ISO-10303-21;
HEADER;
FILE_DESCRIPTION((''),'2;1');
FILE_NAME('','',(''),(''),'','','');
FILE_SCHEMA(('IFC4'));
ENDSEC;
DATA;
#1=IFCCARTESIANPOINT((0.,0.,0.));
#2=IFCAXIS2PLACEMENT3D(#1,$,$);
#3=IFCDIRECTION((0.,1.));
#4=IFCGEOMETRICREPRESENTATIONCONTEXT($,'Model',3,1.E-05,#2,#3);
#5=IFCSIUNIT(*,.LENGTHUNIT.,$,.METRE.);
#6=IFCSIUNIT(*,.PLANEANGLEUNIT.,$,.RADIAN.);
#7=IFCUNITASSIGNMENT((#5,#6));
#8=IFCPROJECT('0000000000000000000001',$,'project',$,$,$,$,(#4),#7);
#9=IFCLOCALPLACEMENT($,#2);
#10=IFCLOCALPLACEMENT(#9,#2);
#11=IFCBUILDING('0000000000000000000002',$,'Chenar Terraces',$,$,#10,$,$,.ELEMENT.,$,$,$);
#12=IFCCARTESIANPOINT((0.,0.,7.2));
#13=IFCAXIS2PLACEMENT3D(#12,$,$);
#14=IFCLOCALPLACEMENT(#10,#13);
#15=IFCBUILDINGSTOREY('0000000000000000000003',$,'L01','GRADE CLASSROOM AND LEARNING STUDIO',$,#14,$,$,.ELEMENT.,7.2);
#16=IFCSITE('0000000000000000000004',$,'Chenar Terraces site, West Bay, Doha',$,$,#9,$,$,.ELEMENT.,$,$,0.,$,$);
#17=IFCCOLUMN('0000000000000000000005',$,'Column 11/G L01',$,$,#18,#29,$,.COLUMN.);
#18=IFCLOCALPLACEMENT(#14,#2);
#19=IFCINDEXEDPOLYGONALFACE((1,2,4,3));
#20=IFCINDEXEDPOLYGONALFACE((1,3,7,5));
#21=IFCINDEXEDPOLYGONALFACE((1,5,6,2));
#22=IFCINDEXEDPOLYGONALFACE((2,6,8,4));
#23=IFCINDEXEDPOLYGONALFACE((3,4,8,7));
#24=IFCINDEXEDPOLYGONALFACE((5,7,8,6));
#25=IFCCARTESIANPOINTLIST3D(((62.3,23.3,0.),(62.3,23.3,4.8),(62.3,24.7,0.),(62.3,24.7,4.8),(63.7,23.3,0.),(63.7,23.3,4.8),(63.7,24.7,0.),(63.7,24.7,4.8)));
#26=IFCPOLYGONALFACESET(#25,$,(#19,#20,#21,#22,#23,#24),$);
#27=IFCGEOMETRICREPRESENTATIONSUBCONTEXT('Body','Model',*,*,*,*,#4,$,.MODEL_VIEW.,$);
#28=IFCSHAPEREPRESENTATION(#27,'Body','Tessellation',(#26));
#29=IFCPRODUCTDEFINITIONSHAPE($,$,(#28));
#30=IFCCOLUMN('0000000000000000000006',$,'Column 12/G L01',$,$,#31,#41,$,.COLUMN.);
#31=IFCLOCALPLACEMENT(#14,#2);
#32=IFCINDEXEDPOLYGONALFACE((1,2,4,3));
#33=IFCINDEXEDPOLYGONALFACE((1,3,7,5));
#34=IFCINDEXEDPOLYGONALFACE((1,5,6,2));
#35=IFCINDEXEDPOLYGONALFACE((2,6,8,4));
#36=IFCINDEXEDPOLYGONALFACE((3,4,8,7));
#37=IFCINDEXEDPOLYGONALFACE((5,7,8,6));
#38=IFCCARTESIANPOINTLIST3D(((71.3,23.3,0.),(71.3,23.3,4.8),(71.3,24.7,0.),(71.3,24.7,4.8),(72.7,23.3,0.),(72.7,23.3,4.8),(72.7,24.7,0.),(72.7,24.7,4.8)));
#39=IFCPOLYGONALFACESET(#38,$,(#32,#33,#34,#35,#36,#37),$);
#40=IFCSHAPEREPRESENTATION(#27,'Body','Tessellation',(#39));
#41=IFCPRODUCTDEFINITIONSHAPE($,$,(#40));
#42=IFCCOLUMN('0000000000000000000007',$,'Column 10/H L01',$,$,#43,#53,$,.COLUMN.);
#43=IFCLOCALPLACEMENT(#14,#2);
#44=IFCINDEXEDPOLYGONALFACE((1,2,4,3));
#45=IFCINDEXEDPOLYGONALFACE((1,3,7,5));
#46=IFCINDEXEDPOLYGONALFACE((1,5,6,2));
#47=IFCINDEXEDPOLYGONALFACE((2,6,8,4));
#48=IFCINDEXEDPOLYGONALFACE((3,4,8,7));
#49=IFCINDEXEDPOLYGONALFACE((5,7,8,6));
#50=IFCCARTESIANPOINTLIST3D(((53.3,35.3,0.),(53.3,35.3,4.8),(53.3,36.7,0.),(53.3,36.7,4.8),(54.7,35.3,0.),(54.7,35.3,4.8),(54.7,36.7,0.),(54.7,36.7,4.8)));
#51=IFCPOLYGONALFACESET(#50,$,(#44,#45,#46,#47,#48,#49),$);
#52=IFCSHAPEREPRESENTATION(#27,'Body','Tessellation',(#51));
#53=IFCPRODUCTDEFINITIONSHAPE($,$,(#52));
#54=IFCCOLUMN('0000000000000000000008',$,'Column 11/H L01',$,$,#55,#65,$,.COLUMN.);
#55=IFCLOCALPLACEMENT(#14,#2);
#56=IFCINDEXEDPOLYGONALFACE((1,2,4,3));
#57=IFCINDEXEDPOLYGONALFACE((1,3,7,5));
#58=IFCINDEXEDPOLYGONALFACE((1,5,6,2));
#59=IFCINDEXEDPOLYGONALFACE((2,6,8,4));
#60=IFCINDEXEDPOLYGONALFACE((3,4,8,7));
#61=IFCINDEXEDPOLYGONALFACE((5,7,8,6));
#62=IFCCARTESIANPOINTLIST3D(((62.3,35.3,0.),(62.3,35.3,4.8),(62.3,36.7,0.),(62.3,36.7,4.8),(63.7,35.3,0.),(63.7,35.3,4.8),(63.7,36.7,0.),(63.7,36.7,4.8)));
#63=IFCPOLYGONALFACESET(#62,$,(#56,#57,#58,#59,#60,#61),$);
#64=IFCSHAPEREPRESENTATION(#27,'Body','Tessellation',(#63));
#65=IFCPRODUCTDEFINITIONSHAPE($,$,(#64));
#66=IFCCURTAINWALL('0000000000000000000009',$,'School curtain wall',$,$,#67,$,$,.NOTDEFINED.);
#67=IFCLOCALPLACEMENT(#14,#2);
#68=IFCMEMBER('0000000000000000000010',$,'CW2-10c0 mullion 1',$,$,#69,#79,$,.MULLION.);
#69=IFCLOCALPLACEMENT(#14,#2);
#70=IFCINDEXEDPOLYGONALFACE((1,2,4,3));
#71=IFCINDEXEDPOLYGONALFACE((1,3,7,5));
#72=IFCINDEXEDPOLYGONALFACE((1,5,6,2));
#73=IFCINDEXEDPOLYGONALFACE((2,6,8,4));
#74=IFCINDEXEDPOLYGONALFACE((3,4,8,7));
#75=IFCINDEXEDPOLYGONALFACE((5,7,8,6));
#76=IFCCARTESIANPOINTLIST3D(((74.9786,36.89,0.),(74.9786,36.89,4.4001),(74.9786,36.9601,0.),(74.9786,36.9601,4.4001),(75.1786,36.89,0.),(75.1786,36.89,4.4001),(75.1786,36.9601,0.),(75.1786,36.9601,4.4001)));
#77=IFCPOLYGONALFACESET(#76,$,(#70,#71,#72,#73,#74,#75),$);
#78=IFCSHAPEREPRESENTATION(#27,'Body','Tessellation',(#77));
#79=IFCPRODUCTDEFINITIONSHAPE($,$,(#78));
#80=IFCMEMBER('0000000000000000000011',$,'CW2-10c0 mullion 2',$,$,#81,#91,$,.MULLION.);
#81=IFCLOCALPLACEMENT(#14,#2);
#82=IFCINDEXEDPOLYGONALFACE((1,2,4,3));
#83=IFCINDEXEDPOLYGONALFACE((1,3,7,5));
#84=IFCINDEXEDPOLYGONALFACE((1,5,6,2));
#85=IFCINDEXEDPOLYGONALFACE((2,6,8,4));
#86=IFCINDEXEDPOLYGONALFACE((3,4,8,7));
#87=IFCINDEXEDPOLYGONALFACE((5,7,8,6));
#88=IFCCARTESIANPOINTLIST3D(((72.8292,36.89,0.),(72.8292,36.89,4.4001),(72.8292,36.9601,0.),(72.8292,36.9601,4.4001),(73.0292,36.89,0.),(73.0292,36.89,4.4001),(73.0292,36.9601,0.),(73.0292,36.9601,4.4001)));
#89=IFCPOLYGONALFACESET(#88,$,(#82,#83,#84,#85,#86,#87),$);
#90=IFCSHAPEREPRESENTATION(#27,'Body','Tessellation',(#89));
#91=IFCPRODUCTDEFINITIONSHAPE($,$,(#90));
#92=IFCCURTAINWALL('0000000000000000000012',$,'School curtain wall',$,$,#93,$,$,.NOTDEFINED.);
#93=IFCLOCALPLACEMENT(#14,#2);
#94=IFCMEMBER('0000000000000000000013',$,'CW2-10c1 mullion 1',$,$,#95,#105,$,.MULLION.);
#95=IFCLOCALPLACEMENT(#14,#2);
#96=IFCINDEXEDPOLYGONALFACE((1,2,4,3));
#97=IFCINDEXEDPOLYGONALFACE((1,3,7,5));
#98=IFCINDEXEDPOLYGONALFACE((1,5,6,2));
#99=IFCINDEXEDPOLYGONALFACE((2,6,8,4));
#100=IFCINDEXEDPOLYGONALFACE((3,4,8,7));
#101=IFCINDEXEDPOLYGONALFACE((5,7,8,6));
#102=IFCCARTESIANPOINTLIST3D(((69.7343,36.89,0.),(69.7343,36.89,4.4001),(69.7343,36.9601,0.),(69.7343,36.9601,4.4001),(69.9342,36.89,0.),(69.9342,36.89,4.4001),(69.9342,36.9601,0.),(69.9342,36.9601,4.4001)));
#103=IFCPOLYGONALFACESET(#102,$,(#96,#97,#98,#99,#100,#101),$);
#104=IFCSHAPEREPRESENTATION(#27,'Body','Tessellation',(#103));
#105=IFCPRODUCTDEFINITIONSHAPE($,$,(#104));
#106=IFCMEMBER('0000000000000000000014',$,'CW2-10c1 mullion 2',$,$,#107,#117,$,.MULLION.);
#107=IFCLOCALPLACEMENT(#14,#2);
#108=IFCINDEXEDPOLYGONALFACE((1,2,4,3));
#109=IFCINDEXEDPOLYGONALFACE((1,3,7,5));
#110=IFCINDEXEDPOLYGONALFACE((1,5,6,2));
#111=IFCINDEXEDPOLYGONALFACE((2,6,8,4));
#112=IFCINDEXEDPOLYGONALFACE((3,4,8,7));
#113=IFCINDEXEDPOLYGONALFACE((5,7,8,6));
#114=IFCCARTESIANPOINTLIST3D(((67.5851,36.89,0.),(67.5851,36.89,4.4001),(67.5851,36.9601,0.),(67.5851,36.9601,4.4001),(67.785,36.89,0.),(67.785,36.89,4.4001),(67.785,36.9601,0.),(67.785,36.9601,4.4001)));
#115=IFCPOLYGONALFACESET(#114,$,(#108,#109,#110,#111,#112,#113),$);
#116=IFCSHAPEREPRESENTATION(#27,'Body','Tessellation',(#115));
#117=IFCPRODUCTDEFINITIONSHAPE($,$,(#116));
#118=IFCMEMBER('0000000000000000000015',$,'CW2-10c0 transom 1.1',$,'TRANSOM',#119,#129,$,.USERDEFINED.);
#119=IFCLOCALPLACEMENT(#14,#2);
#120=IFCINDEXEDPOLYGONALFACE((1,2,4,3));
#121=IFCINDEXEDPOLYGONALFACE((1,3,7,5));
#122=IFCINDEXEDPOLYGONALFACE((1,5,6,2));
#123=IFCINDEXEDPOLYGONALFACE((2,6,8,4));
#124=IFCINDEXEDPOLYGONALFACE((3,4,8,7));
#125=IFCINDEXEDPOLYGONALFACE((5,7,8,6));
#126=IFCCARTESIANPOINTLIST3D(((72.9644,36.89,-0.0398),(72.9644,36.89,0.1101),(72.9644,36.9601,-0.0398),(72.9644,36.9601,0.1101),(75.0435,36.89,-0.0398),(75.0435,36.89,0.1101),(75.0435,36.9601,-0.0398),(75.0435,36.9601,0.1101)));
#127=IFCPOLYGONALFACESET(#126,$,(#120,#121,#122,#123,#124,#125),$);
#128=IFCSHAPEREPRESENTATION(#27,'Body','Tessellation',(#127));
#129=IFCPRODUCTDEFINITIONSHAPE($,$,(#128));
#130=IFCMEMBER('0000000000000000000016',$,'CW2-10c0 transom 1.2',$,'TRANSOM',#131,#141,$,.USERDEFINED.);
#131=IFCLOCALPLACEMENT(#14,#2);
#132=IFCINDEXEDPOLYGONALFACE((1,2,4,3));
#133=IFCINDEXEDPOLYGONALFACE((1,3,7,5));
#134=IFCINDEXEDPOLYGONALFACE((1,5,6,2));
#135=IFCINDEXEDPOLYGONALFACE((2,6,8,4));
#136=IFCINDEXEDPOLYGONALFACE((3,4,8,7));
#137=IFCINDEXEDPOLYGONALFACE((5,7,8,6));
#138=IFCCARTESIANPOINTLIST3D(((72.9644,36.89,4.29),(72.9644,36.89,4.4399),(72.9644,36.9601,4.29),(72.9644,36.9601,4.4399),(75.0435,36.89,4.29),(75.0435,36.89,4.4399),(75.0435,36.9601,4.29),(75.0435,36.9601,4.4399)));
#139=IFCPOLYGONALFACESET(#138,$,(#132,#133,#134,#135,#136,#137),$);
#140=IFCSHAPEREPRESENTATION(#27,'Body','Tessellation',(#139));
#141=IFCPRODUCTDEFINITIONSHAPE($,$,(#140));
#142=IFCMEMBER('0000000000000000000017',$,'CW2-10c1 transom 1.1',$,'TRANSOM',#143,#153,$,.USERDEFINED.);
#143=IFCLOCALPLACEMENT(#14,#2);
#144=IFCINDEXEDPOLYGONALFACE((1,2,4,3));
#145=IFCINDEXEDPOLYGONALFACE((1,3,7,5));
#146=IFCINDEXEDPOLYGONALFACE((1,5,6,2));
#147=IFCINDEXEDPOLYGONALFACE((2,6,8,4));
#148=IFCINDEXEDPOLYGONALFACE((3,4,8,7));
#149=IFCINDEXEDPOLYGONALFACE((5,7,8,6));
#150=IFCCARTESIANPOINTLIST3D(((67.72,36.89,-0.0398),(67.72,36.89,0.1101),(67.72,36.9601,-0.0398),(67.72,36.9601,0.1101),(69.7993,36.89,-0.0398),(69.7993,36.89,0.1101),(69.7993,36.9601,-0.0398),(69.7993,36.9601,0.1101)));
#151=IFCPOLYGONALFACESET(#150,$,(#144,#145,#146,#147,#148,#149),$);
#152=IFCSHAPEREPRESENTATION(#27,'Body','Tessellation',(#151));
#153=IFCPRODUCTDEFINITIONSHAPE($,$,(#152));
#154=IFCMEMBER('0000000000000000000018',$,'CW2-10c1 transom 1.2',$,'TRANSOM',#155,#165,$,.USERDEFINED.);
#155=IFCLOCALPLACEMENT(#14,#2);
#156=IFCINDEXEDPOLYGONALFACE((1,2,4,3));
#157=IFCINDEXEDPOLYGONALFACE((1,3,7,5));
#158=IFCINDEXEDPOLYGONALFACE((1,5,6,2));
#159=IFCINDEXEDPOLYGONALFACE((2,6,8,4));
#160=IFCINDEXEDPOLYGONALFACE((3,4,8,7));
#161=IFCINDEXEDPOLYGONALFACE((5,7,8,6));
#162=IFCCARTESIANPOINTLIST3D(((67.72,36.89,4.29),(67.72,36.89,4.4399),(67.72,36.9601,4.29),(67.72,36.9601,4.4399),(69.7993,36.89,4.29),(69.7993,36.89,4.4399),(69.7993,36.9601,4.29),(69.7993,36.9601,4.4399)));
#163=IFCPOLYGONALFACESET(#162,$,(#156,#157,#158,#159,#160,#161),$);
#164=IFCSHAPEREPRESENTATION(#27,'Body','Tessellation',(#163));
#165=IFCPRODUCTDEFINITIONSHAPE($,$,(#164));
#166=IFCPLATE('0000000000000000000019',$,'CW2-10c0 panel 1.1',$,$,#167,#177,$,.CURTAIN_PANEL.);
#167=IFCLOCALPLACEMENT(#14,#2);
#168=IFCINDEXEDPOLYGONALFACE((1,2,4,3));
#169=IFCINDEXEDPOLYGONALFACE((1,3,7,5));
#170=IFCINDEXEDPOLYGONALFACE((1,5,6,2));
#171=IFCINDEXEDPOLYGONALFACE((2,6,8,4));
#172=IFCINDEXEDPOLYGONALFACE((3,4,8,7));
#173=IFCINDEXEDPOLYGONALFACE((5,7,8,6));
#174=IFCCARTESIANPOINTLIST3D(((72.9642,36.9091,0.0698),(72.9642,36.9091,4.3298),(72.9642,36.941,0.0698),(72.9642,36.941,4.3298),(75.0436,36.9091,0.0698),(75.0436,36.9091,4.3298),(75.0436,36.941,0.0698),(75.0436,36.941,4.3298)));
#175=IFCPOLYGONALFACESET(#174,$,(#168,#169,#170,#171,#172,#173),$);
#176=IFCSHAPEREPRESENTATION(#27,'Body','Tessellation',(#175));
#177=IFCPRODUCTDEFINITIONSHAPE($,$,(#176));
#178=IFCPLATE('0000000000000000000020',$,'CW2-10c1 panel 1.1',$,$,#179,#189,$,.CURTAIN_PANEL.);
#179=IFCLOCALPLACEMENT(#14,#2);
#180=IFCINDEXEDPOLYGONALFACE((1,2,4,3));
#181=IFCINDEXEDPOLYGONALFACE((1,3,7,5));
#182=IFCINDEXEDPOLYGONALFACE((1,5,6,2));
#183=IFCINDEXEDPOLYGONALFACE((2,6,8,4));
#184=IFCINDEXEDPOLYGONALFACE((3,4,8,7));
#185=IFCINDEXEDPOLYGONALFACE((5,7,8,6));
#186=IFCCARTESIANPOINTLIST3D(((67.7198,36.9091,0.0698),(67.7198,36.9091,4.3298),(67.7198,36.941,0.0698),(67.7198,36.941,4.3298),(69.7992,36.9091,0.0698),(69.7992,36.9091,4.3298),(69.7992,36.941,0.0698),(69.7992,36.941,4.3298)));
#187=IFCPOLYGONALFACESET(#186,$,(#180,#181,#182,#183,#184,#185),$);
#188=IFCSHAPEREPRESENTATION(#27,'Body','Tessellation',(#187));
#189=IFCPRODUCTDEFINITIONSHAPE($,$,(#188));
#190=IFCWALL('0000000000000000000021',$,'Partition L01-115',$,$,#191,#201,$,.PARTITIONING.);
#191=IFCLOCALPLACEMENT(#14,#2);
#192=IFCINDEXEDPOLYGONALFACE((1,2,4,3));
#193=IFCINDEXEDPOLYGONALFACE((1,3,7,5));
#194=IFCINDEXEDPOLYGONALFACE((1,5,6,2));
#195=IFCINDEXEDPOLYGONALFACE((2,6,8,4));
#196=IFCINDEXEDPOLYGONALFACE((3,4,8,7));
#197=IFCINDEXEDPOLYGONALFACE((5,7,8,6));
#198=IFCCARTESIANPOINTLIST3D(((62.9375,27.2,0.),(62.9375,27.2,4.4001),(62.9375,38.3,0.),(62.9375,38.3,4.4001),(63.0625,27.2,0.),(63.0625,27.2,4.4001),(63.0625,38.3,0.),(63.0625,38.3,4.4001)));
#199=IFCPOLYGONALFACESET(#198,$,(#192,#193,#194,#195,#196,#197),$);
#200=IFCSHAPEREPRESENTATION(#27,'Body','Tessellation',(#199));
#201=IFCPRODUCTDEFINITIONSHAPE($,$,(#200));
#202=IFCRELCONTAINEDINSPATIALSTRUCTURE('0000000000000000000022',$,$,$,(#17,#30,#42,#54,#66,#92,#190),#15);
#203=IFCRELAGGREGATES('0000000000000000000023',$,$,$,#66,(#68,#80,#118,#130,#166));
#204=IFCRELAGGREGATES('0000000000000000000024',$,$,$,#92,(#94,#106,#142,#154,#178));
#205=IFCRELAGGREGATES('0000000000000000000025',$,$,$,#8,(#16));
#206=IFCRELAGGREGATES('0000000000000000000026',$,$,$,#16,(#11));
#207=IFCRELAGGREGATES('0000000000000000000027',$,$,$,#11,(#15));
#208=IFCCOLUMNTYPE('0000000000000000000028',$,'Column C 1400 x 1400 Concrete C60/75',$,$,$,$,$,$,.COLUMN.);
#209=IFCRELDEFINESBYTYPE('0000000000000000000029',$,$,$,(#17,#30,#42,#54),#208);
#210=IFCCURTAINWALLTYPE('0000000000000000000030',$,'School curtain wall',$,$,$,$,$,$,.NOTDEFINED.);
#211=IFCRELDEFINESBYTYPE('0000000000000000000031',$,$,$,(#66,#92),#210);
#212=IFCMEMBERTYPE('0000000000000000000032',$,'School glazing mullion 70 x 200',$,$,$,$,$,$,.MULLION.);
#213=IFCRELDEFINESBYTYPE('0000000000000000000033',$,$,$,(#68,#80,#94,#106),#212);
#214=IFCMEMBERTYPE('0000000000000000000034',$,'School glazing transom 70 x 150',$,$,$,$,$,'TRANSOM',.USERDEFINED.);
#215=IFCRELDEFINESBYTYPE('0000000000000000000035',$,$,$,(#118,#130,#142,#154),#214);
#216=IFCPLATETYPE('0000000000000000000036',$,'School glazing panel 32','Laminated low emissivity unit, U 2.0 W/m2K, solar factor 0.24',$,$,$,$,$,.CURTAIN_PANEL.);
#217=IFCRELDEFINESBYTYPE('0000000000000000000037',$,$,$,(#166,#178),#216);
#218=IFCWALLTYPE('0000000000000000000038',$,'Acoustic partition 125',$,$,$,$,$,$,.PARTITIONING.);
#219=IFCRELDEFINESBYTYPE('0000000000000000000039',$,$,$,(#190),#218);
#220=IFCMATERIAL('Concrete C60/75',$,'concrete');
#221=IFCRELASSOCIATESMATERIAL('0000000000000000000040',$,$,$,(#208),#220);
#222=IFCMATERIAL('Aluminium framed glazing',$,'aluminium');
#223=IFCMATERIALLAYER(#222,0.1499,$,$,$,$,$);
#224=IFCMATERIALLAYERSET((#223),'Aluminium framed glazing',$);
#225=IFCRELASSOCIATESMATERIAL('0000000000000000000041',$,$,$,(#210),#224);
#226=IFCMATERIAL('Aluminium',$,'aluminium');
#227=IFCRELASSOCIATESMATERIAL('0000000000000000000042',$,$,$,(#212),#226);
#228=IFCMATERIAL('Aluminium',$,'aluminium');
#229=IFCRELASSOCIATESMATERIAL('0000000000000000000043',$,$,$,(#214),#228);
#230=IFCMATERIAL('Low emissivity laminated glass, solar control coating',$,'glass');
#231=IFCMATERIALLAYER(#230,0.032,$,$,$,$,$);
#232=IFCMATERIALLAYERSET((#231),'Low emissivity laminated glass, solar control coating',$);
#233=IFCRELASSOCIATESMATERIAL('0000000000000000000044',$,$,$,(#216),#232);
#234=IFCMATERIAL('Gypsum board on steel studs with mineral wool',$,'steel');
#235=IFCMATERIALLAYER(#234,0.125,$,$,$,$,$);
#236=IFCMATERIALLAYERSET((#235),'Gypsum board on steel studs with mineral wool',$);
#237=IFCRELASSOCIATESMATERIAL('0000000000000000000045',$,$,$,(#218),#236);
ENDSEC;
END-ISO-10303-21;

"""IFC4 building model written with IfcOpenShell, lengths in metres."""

from ifc_helpers import new_model, si_unit, direction, frame, frame_2d, origin, origin_2d, place, context, subcontext, project, spatial, rectangle, extrude, material, layer, layer_set, material_profile, profile_set, type_object, element, aggregate, save


model = new_model("IFC4")

# Units and contexts
model_context = context("Model", 3, precision=1e-05, world=origin(), true_north=direction((0.0, 1.0)))
body_context = subcontext(model_context, "Body", "Model", "MODEL_VIEW")
ifc_project = project(units=[si_unit("LENGTHUNIT", "METRE"), si_unit("PLANEANGLEUNIT", "RADIAN")], contexts=[model_context])

# Site, building, storey
site_placement = place(None, origin())
site = spatial("IfcSite", under=ifc_project, at=site_placement, Name="Chenar Terraces site, West Bay, Doha", CompositionType="ELEMENT", RefElevation=0.0)
building_placement = place(site_placement, origin())
building = spatial("IfcBuilding", under=site, at=building_placement, Name="Chenar Terraces", CompositionType="ELEMENT")
storey_placement = place(building_placement, frame((0.0, 0.0, 7.2)))
storey = spatial("IfcBuildingStorey", under=building, at=storey_placement, Name="L01", Description="GRADE CLASSROOM AND LEARNING STUDIO", CompositionType="ELEMENT", Elevation=7.2)

# Columns
ifc_material_1 = material(Name="Concrete C60/75", Category="concrete")
ifc_material_profile_1 = material_profile(ifc_material_1, rectangle(XDim=1.3999, YDim=1.3999, at=origin_2d()), Name="C 1400 x 1400")
ifc_profile_set_1 = profile_set([ifc_material_profile_1], Name="Concrete C60/75")
column_type = type_object("IfcColumnType", Name="Column C 1400 x 1400 Concrete C60/75", PredefinedType="COLUMN", material=ifc_profile_set_1)
for number, where, z_axis, x_axis, name in (
    (1, (63.0, 24.0, 0.0), (0.0, 0.0, 1.0), (1.0, 0.0, 0.0), "Column 11/G L01"),
    (2, (72.0, 24.0, 0.0), (0.0, 0.0, 1.0), (1.0, 0.0, 0.0), "Column 12/G L01"),
    (3, (54.0, 36.0, 0.0), (0.0, 0.0, 1.0), (1.0, 0.0, 0.0), "Column 10/H L01"),
    (4, (63.0, 36.0, 0.0), (0.0, 0.0, 1.0), (1.0, 0.0, 0.0), "Column 11/H L01"),
):
    element("IfcColumn", number, at=place(storey_placement, frame(where, z_axis=z_axis, x_axis=x_axis)), inside=storey, type_object=column_type, Name=name, PredefinedType="COLUMN", context=body_context, shape_type="SweptSolid", body=[
        extrude(rectangle(XDim=1.3999, YDim=1.3999, at=origin_2d()), origin(), (0.0, 0.0, 1.0), 4.8),
    ])

# Curtain walls, members
ifc_material_2 = material(Name="Aluminium framed glazing", Category="aluminium")
ifc_layer_1 = layer(ifc_material_2, 0.1499)
ifc_layer_set_1 = layer_set([ifc_layer_1], Name="Aluminium framed glazing")
curtain_wall_type = type_object("IfcCurtainWallType", Name="School curtain wall", PredefinedType="NOTDEFINED", material=ifc_layer_set_1)
placement = place(storey_placement, origin())
curtain_wall_1 = element("IfcCurtainWall", 5, at=placement, inside=storey, type_object=curtain_wall_type, Name="School curtain wall", PredefinedType="NOTDEFINED")
ifc_material_3 = material(Name="Aluminium", Category="aluminium")
ifc_material_profile_2 = material_profile(ifc_material_3, rectangle(XDim=0.0701, YDim=0.2, at=origin_2d()), Name="School glazing mullion 70 x 200")
ifc_profile_set_2 = profile_set([ifc_material_profile_2], Name="Aluminium")
member_type_1 = type_object("IfcMemberType", Name="School glazing mullion 70 x 200", PredefinedType="MULLION", material=ifc_profile_set_2)
member_1_placement = place(storey_placement, frame((75.0786, 36.925, 0.0), z_axis=(0.0, 0.0, 1.0), x_axis=(0.0, -1.0, 0.0)))
member_1 = element("IfcMember", 6, at=member_1_placement, type_object=member_type_1, Name="CW2-10c0 mullion 1", PredefinedType="MULLION", context=body_context, shape_type="SweptSolid", body=[
    extrude(rectangle(XDim=0.0701, YDim=0.2, at=origin_2d()), origin(), (0.0, 0.0, 1.0), 4.4001),
])
member_2_placement = place(storey_placement, frame((72.9292, 36.925, 0.0), z_axis=(0.0, 0.0, 1.0), x_axis=(0.0, -1.0, 0.0)))
member_2 = element("IfcMember", 7, at=member_2_placement, type_object=member_type_1, Name="CW2-10c0 mullion 2", PredefinedType="MULLION", context=body_context, shape_type="SweptSolid", body=[
    extrude(rectangle(XDim=0.0701, YDim=0.2, at=origin_2d()), origin(), (0.0, 0.0, 1.0), 4.4001),
])
curtain_wall_2 = element("IfcCurtainWall", 8, at=placement, inside=storey, type_object=curtain_wall_type, Name="School curtain wall", PredefinedType="NOTDEFINED")
member_3_placement = place(storey_placement, frame((69.8342, 36.925, 0.0), z_axis=(0.0, 0.0, 1.0), x_axis=(0.0, -1.0, 0.0)))
member_3 = element("IfcMember", 9, at=member_3_placement, type_object=member_type_1, Name="CW2-10c1 mullion 1", PredefinedType="MULLION", context=body_context, shape_type="SweptSolid", body=[
    extrude(rectangle(XDim=0.0701, YDim=0.2, at=origin_2d()), origin(), (0.0, 0.0, 1.0), 4.4001),
])
member_4_placement = place(storey_placement, frame((67.6851, 36.925, 0.0), z_axis=(0.0, 0.0, 1.0), x_axis=(0.0, -1.0, 0.0)))
member_4 = element("IfcMember", 10, at=member_4_placement, type_object=member_type_1, Name="CW2-10c1 mullion 2", PredefinedType="MULLION", context=body_context, shape_type="SweptSolid", body=[
    extrude(rectangle(XDim=0.0701, YDim=0.2, at=origin_2d()), origin(), (0.0, 0.0, 1.0), 4.4001),
])

# Members
ifc_material_4 = material(Name="Aluminium", Category="aluminium")
ifc_material_profile_3 = material_profile(ifc_material_4, rectangle(XDim=0.0701, YDim=0.1499, at=origin_2d()), Name="School glazing transom 70 x 150")
ifc_profile_set_3 = profile_set([ifc_material_profile_3], Name="Aluminium")
member_type_2 = type_object("IfcMemberType", Name="School glazing transom 70 x 150", ElementType="TRANSOM", PredefinedType="USERDEFINED", material=ifc_profile_set_3)
member_5_placement = place(storey_placement, frame((75.0435, 36.925, 0.0352), z_axis=(-1.0, 0.0, 0.0), x_axis=(0.0, -1.0, 0.0)))
member_5 = element("IfcMember", 11, at=member_5_placement, type_object=member_type_2, Name="CW2-10c0 transom 1.1", ObjectType="TRANSOM", PredefinedType="USERDEFINED", context=body_context, shape_type="SweptSolid", body=[
    extrude(rectangle(XDim=0.0701, YDim=0.1499, at=origin_2d()), origin(), (0.0, 0.0, 1.0), 2.0791),
])
member_6_placement = place(storey_placement, frame((75.0435, 36.925, 4.365), z_axis=(-1.0, 0.0, 0.0), x_axis=(0.0, -1.0, 0.0)))
member_6 = element("IfcMember", 12, at=member_6_placement, type_object=member_type_2, Name="CW2-10c0 transom 1.2", ObjectType="TRANSOM", PredefinedType="USERDEFINED", context=body_context, shape_type="SweptSolid", body=[
    extrude(rectangle(XDim=0.0701, YDim=0.1499, at=origin_2d()), origin(), (0.0, 0.0, 1.0), 2.0791),
])
member_7_placement = place(storey_placement, frame((69.7993, 36.925, 0.0352), z_axis=(-1.0, 0.0, 0.0), x_axis=(0.0, -1.0, 0.0)))
member_7 = element("IfcMember", 13, at=member_7_placement, type_object=member_type_2, Name="CW2-10c1 transom 1.1", ObjectType="TRANSOM", PredefinedType="USERDEFINED", context=body_context, shape_type="SweptSolid", body=[
    extrude(rectangle(XDim=0.0701, YDim=0.1499, at=origin_2d()), origin(), (0.0, 0.0, 1.0), 2.0793),
])
member_8_placement = place(storey_placement, frame((69.7993, 36.925, 4.365), z_axis=(-1.0, 0.0, 0.0), x_axis=(0.0, -1.0, 0.0)))
member_8 = element("IfcMember", 14, at=member_8_placement, type_object=member_type_2, Name="CW2-10c1 transom 1.2", ObjectType="TRANSOM", PredefinedType="USERDEFINED", context=body_context, shape_type="SweptSolid", body=[
    extrude(rectangle(XDim=0.0701, YDim=0.1499, at=origin_2d()), origin(), (0.0, 0.0, 1.0), 2.0793),
])

# Plates
ifc_material_5 = material(Name="Low emissivity laminated glass, solar control coating", Category="glass")
ifc_layer_2 = layer(ifc_material_5, 0.032)
ifc_layer_set_2 = layer_set([ifc_layer_2], Name="Low emissivity laminated glass, solar control coating")
plate_type = type_object("IfcPlateType", Name="School glazing panel 32", Description="Laminated low emissivity unit, U 2.0 W/m2K, solar factor 0.24", PredefinedType="CURTAIN_PANEL", material=ifc_layer_set_2)
plate_1_placement = place(storey_placement, frame((74.0039, 36.925, 0.0698), z_axis=(0.0, 0.0, 1.0), x_axis=(-1.0, 0.0, 0.0)))
plate_1 = element("IfcPlate", 15, at=plate_1_placement, type_object=plate_type, Name="CW2-10c0 panel 1.1", PredefinedType="CURTAIN_PANEL", context=body_context, shape_type="SweptSolid", body=[
    extrude(rectangle(XDim=2.0793, YDim=0.032, at=origin_2d()), origin(), (0.0, 0.0, 1.0), 4.26),
])
aggregate(curtain_wall_1, [member_1, member_2, member_5, member_6, plate_1])
plate_2_placement = place(storey_placement, frame((68.7595, 36.925, 0.0698), z_axis=(0.0, 0.0, 1.0), x_axis=(-1.0, 0.0, 0.0)))
plate_2 = element("IfcPlate", 16, at=plate_2_placement, type_object=plate_type, Name="CW2-10c1 panel 1.1", PredefinedType="CURTAIN_PANEL", context=body_context, shape_type="SweptSolid", body=[
    extrude(rectangle(XDim=2.0793, YDim=0.032, at=origin_2d()), origin(), (0.0, 0.0, 1.0), 4.26),
])
aggregate(curtain_wall_2, [member_3, member_4, member_7, member_8, plate_2])

# Wall
ifc_material_6 = material(Name="Gypsum board on steel studs with mineral wool", Category="steel")
ifc_layer_3 = layer(ifc_material_6, 0.125)
ifc_layer_set_3 = layer_set([ifc_layer_3], Name="Gypsum board on steel studs with mineral wool")
wall_type_1 = type_object("IfcWallType", Name="Acoustic partition 125", PredefinedType="PARTITIONING", material=ifc_layer_set_3)
wall_1_placement = place(storey_placement, frame((63.0, 27.2, 0.0), z_axis=(0.0, 0.0, 1.0), x_axis=(0.0, 1.0, 0.0)))
element("IfcWall", 17, at=wall_1_placement, inside=storey, type_object=wall_type_1, Name="Partition L01-115", PredefinedType="PARTITIONING", context=body_context, shape_type="SweptSolid", body=[
    extrude(rectangle(XDim=11.1001, YDim=0.125, at=frame_2d((5.55, 0.0))), origin(), (0.0, 0.0, 1.0), 4.4001),
])

save(model, "model.ifc")
